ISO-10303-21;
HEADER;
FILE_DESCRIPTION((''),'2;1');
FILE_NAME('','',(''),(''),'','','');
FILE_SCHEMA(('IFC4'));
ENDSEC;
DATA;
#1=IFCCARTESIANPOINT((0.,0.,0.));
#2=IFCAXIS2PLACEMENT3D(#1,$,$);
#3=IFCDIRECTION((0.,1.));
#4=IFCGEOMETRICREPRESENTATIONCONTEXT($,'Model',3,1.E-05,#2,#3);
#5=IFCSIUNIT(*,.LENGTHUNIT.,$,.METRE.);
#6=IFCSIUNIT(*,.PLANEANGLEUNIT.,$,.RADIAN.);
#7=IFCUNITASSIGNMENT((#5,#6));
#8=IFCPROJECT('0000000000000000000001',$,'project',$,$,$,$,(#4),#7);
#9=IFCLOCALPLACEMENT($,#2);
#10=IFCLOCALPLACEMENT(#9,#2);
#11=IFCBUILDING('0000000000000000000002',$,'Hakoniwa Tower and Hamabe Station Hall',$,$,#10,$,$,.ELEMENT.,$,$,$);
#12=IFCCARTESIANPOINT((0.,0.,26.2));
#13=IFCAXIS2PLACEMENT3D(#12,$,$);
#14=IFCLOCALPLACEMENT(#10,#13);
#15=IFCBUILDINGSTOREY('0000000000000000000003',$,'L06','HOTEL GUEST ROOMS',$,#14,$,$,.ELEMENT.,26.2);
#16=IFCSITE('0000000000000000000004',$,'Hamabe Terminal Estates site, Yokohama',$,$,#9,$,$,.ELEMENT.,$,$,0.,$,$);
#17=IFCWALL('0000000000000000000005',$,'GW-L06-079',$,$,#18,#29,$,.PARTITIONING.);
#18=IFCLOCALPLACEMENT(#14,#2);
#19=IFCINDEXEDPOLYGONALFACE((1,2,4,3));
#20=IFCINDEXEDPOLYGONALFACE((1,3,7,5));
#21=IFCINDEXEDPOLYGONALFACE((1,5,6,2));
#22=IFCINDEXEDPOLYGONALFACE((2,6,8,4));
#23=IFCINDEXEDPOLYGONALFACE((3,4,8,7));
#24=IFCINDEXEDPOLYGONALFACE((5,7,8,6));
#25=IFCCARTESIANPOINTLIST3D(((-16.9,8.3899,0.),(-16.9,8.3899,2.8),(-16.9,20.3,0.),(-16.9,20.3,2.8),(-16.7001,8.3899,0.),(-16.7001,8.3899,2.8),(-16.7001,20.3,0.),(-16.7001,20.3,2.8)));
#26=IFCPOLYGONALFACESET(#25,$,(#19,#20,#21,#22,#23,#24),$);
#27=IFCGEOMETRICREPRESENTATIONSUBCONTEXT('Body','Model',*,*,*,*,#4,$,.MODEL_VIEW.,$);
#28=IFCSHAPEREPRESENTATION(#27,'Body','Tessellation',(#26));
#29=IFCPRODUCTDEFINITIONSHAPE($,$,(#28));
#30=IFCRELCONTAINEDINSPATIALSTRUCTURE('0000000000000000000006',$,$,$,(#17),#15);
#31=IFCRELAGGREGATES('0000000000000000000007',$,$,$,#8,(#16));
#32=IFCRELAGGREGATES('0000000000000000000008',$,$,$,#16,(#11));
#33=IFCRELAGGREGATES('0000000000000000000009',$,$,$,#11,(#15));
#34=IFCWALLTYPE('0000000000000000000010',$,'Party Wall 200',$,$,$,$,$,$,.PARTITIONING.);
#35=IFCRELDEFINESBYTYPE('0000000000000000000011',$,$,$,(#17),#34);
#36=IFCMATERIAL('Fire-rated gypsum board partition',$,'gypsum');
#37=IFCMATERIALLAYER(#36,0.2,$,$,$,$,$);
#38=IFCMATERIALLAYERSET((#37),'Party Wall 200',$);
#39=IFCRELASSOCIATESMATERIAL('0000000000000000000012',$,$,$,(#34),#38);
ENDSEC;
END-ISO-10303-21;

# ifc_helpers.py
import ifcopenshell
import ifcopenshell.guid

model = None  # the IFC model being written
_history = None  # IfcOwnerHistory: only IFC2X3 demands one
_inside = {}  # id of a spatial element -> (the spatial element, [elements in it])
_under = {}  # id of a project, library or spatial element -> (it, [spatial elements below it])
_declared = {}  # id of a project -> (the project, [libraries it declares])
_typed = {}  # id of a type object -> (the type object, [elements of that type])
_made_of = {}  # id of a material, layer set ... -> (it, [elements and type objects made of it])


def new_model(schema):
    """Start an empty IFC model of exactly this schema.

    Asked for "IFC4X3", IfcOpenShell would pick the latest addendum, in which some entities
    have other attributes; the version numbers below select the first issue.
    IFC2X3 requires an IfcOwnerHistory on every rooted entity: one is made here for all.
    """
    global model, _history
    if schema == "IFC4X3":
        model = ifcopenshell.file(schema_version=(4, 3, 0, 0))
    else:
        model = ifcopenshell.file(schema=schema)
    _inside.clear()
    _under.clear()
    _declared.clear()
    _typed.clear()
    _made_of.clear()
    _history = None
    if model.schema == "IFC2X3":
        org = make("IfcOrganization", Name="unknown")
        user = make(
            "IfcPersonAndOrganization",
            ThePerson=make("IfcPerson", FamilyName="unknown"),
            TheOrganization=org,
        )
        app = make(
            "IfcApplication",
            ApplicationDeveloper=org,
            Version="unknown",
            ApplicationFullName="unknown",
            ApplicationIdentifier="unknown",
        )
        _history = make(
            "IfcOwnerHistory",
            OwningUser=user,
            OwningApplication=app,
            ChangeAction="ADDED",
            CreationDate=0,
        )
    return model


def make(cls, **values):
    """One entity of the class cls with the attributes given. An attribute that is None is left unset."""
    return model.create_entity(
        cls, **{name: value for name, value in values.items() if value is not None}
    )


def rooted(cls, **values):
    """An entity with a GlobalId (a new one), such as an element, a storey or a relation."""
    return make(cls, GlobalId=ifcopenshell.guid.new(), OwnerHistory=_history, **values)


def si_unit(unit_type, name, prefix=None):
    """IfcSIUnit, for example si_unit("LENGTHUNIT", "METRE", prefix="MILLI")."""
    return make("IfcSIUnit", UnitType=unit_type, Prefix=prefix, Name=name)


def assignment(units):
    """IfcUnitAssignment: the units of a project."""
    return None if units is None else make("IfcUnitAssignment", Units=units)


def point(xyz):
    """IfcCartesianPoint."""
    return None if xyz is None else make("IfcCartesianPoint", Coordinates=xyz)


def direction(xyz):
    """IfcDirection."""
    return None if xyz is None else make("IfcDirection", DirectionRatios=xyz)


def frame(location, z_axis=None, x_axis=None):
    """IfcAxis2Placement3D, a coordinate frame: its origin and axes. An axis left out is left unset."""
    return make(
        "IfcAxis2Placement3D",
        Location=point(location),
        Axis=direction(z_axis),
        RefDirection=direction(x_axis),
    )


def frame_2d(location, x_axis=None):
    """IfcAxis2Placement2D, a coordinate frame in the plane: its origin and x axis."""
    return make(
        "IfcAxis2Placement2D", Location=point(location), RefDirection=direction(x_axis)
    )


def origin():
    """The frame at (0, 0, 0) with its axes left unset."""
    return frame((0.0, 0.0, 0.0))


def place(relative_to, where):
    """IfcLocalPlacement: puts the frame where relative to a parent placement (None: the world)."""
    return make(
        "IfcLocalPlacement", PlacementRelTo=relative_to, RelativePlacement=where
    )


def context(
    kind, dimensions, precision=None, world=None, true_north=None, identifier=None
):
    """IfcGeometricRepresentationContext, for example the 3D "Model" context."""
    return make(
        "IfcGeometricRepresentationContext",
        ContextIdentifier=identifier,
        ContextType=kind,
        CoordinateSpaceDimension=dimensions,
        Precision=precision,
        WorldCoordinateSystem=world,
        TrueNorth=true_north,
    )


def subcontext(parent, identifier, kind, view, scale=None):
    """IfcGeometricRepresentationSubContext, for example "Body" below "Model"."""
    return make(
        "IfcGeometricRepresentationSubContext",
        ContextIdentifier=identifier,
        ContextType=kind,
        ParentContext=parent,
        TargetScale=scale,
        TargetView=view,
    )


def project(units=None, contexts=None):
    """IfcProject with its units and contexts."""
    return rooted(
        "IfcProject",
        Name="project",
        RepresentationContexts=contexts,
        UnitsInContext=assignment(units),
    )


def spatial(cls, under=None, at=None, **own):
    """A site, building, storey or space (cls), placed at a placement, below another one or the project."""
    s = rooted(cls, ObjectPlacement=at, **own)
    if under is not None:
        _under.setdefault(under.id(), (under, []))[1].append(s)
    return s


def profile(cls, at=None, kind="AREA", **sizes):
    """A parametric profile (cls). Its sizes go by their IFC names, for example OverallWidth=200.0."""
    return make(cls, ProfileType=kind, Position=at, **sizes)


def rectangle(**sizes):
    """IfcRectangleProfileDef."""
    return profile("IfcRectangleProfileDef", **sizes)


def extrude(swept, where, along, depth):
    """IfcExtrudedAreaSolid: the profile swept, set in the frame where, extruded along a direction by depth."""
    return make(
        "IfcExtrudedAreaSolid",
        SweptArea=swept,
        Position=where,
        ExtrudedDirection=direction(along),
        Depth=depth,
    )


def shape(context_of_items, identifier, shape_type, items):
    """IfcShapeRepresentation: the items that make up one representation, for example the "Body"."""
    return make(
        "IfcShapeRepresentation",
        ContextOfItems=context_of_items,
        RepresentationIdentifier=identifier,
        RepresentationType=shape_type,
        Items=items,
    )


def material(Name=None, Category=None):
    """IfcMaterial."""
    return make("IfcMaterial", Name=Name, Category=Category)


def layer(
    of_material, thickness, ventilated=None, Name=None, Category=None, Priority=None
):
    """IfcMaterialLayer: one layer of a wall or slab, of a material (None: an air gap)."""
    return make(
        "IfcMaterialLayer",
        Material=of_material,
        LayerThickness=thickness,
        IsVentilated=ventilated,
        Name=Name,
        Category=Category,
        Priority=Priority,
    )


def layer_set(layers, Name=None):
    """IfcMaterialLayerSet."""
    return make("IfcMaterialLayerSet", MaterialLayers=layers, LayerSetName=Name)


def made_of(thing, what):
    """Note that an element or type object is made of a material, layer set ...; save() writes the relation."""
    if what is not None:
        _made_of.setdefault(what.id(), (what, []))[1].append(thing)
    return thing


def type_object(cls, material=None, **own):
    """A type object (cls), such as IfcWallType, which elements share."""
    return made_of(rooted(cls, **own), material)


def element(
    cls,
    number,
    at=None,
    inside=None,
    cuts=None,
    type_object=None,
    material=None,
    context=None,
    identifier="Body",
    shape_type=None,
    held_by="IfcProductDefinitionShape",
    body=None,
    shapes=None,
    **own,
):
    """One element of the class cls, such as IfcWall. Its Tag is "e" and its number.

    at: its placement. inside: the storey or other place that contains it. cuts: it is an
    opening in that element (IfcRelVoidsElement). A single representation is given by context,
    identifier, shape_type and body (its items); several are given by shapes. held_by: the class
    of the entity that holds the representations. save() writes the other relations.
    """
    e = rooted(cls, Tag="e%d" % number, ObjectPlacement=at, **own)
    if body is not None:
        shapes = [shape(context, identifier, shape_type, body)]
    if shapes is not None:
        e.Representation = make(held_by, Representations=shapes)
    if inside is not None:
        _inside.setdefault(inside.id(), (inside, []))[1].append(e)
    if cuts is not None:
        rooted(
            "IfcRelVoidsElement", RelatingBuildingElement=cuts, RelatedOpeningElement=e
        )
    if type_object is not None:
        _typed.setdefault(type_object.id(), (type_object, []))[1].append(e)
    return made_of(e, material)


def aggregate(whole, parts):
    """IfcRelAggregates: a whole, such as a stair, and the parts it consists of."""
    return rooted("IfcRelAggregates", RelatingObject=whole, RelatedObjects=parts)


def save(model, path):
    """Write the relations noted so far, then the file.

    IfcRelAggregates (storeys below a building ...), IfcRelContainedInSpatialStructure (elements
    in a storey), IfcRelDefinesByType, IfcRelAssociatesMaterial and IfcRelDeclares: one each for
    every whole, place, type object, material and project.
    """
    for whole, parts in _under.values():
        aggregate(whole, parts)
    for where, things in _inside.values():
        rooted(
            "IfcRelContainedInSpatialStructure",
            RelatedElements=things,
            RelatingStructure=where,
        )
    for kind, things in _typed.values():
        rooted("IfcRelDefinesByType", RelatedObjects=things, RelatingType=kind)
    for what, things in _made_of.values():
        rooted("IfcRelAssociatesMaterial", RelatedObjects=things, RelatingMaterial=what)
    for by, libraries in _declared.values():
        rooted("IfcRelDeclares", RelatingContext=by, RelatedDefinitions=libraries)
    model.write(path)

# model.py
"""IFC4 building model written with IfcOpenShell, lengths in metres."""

from ifc_helpers import new_model, si_unit, direction, frame, frame_2d, origin, place, context, subcontext, project, spatial, rectangle, extrude, material, layer, layer_set, type_object, element, save


model = new_model("IFC4")

# Units and contexts
model_context = context("Model", 3, precision=1e-05, world=origin(), true_north=direction((0.0, 1.0)))
body_context = subcontext(model_context, "Body", "Model", "MODEL_VIEW")
ifc_project = project(units=[si_unit("LENGTHUNIT", "METRE"), si_unit("PLANEANGLEUNIT", "RADIAN")], contexts=[model_context])

# Site, building, storey
site_placement = place(None, origin())
site = spatial("IfcSite", under=ifc_project, at=site_placement, Name="Hamabe Terminal Estates site, Yokohama", CompositionType="ELEMENT", RefElevation=0.0)
building_placement = place(site_placement, origin())
building = spatial("IfcBuilding", under=site, at=building_placement, Name="Hakoniwa Tower and Hamabe Station Hall", CompositionType="ELEMENT")
storey_placement = place(building_placement, frame((0.0, 0.0, 26.2)))
storey = spatial("IfcBuildingStorey", under=building, at=storey_placement, Name="L06", Description="HOTEL GUEST ROOMS", CompositionType="ELEMENT", Elevation=26.2)

# Wall
ifc_material_1 = material(Name="Fire-rated gypsum board partition", Category="gypsum")
ifc_layer_1 = layer(ifc_material_1, 0.2)
ifc_layer_set_1 = layer_set([ifc_layer_1], Name="Party Wall 200")
wall_type_1 = type_object("IfcWallType", Name="Party Wall 200", PredefinedType="PARTITIONING", material=ifc_layer_set_1)
wall_1_placement = place(storey_placement, frame((-16.8, 8.3899, 0.0), z_axis=(0.0, 0.0, 1.0), x_axis=(0.0, 1.0, 0.0)))
element("IfcWall", 1, at=wall_1_placement, inside=storey, type_object=wall_type_1, Name="GW-L06-079", PredefinedType="PARTITIONING", context=body_context, shape_type="SweptSolid", body=[
    extrude(rectangle(XDim=11.9102, YDim=0.2, at=frame_2d((5.9551, 0.0))), origin(), (0.0, 0.0, 1.0), 2.8),
])

save(model, "model.ifc")
